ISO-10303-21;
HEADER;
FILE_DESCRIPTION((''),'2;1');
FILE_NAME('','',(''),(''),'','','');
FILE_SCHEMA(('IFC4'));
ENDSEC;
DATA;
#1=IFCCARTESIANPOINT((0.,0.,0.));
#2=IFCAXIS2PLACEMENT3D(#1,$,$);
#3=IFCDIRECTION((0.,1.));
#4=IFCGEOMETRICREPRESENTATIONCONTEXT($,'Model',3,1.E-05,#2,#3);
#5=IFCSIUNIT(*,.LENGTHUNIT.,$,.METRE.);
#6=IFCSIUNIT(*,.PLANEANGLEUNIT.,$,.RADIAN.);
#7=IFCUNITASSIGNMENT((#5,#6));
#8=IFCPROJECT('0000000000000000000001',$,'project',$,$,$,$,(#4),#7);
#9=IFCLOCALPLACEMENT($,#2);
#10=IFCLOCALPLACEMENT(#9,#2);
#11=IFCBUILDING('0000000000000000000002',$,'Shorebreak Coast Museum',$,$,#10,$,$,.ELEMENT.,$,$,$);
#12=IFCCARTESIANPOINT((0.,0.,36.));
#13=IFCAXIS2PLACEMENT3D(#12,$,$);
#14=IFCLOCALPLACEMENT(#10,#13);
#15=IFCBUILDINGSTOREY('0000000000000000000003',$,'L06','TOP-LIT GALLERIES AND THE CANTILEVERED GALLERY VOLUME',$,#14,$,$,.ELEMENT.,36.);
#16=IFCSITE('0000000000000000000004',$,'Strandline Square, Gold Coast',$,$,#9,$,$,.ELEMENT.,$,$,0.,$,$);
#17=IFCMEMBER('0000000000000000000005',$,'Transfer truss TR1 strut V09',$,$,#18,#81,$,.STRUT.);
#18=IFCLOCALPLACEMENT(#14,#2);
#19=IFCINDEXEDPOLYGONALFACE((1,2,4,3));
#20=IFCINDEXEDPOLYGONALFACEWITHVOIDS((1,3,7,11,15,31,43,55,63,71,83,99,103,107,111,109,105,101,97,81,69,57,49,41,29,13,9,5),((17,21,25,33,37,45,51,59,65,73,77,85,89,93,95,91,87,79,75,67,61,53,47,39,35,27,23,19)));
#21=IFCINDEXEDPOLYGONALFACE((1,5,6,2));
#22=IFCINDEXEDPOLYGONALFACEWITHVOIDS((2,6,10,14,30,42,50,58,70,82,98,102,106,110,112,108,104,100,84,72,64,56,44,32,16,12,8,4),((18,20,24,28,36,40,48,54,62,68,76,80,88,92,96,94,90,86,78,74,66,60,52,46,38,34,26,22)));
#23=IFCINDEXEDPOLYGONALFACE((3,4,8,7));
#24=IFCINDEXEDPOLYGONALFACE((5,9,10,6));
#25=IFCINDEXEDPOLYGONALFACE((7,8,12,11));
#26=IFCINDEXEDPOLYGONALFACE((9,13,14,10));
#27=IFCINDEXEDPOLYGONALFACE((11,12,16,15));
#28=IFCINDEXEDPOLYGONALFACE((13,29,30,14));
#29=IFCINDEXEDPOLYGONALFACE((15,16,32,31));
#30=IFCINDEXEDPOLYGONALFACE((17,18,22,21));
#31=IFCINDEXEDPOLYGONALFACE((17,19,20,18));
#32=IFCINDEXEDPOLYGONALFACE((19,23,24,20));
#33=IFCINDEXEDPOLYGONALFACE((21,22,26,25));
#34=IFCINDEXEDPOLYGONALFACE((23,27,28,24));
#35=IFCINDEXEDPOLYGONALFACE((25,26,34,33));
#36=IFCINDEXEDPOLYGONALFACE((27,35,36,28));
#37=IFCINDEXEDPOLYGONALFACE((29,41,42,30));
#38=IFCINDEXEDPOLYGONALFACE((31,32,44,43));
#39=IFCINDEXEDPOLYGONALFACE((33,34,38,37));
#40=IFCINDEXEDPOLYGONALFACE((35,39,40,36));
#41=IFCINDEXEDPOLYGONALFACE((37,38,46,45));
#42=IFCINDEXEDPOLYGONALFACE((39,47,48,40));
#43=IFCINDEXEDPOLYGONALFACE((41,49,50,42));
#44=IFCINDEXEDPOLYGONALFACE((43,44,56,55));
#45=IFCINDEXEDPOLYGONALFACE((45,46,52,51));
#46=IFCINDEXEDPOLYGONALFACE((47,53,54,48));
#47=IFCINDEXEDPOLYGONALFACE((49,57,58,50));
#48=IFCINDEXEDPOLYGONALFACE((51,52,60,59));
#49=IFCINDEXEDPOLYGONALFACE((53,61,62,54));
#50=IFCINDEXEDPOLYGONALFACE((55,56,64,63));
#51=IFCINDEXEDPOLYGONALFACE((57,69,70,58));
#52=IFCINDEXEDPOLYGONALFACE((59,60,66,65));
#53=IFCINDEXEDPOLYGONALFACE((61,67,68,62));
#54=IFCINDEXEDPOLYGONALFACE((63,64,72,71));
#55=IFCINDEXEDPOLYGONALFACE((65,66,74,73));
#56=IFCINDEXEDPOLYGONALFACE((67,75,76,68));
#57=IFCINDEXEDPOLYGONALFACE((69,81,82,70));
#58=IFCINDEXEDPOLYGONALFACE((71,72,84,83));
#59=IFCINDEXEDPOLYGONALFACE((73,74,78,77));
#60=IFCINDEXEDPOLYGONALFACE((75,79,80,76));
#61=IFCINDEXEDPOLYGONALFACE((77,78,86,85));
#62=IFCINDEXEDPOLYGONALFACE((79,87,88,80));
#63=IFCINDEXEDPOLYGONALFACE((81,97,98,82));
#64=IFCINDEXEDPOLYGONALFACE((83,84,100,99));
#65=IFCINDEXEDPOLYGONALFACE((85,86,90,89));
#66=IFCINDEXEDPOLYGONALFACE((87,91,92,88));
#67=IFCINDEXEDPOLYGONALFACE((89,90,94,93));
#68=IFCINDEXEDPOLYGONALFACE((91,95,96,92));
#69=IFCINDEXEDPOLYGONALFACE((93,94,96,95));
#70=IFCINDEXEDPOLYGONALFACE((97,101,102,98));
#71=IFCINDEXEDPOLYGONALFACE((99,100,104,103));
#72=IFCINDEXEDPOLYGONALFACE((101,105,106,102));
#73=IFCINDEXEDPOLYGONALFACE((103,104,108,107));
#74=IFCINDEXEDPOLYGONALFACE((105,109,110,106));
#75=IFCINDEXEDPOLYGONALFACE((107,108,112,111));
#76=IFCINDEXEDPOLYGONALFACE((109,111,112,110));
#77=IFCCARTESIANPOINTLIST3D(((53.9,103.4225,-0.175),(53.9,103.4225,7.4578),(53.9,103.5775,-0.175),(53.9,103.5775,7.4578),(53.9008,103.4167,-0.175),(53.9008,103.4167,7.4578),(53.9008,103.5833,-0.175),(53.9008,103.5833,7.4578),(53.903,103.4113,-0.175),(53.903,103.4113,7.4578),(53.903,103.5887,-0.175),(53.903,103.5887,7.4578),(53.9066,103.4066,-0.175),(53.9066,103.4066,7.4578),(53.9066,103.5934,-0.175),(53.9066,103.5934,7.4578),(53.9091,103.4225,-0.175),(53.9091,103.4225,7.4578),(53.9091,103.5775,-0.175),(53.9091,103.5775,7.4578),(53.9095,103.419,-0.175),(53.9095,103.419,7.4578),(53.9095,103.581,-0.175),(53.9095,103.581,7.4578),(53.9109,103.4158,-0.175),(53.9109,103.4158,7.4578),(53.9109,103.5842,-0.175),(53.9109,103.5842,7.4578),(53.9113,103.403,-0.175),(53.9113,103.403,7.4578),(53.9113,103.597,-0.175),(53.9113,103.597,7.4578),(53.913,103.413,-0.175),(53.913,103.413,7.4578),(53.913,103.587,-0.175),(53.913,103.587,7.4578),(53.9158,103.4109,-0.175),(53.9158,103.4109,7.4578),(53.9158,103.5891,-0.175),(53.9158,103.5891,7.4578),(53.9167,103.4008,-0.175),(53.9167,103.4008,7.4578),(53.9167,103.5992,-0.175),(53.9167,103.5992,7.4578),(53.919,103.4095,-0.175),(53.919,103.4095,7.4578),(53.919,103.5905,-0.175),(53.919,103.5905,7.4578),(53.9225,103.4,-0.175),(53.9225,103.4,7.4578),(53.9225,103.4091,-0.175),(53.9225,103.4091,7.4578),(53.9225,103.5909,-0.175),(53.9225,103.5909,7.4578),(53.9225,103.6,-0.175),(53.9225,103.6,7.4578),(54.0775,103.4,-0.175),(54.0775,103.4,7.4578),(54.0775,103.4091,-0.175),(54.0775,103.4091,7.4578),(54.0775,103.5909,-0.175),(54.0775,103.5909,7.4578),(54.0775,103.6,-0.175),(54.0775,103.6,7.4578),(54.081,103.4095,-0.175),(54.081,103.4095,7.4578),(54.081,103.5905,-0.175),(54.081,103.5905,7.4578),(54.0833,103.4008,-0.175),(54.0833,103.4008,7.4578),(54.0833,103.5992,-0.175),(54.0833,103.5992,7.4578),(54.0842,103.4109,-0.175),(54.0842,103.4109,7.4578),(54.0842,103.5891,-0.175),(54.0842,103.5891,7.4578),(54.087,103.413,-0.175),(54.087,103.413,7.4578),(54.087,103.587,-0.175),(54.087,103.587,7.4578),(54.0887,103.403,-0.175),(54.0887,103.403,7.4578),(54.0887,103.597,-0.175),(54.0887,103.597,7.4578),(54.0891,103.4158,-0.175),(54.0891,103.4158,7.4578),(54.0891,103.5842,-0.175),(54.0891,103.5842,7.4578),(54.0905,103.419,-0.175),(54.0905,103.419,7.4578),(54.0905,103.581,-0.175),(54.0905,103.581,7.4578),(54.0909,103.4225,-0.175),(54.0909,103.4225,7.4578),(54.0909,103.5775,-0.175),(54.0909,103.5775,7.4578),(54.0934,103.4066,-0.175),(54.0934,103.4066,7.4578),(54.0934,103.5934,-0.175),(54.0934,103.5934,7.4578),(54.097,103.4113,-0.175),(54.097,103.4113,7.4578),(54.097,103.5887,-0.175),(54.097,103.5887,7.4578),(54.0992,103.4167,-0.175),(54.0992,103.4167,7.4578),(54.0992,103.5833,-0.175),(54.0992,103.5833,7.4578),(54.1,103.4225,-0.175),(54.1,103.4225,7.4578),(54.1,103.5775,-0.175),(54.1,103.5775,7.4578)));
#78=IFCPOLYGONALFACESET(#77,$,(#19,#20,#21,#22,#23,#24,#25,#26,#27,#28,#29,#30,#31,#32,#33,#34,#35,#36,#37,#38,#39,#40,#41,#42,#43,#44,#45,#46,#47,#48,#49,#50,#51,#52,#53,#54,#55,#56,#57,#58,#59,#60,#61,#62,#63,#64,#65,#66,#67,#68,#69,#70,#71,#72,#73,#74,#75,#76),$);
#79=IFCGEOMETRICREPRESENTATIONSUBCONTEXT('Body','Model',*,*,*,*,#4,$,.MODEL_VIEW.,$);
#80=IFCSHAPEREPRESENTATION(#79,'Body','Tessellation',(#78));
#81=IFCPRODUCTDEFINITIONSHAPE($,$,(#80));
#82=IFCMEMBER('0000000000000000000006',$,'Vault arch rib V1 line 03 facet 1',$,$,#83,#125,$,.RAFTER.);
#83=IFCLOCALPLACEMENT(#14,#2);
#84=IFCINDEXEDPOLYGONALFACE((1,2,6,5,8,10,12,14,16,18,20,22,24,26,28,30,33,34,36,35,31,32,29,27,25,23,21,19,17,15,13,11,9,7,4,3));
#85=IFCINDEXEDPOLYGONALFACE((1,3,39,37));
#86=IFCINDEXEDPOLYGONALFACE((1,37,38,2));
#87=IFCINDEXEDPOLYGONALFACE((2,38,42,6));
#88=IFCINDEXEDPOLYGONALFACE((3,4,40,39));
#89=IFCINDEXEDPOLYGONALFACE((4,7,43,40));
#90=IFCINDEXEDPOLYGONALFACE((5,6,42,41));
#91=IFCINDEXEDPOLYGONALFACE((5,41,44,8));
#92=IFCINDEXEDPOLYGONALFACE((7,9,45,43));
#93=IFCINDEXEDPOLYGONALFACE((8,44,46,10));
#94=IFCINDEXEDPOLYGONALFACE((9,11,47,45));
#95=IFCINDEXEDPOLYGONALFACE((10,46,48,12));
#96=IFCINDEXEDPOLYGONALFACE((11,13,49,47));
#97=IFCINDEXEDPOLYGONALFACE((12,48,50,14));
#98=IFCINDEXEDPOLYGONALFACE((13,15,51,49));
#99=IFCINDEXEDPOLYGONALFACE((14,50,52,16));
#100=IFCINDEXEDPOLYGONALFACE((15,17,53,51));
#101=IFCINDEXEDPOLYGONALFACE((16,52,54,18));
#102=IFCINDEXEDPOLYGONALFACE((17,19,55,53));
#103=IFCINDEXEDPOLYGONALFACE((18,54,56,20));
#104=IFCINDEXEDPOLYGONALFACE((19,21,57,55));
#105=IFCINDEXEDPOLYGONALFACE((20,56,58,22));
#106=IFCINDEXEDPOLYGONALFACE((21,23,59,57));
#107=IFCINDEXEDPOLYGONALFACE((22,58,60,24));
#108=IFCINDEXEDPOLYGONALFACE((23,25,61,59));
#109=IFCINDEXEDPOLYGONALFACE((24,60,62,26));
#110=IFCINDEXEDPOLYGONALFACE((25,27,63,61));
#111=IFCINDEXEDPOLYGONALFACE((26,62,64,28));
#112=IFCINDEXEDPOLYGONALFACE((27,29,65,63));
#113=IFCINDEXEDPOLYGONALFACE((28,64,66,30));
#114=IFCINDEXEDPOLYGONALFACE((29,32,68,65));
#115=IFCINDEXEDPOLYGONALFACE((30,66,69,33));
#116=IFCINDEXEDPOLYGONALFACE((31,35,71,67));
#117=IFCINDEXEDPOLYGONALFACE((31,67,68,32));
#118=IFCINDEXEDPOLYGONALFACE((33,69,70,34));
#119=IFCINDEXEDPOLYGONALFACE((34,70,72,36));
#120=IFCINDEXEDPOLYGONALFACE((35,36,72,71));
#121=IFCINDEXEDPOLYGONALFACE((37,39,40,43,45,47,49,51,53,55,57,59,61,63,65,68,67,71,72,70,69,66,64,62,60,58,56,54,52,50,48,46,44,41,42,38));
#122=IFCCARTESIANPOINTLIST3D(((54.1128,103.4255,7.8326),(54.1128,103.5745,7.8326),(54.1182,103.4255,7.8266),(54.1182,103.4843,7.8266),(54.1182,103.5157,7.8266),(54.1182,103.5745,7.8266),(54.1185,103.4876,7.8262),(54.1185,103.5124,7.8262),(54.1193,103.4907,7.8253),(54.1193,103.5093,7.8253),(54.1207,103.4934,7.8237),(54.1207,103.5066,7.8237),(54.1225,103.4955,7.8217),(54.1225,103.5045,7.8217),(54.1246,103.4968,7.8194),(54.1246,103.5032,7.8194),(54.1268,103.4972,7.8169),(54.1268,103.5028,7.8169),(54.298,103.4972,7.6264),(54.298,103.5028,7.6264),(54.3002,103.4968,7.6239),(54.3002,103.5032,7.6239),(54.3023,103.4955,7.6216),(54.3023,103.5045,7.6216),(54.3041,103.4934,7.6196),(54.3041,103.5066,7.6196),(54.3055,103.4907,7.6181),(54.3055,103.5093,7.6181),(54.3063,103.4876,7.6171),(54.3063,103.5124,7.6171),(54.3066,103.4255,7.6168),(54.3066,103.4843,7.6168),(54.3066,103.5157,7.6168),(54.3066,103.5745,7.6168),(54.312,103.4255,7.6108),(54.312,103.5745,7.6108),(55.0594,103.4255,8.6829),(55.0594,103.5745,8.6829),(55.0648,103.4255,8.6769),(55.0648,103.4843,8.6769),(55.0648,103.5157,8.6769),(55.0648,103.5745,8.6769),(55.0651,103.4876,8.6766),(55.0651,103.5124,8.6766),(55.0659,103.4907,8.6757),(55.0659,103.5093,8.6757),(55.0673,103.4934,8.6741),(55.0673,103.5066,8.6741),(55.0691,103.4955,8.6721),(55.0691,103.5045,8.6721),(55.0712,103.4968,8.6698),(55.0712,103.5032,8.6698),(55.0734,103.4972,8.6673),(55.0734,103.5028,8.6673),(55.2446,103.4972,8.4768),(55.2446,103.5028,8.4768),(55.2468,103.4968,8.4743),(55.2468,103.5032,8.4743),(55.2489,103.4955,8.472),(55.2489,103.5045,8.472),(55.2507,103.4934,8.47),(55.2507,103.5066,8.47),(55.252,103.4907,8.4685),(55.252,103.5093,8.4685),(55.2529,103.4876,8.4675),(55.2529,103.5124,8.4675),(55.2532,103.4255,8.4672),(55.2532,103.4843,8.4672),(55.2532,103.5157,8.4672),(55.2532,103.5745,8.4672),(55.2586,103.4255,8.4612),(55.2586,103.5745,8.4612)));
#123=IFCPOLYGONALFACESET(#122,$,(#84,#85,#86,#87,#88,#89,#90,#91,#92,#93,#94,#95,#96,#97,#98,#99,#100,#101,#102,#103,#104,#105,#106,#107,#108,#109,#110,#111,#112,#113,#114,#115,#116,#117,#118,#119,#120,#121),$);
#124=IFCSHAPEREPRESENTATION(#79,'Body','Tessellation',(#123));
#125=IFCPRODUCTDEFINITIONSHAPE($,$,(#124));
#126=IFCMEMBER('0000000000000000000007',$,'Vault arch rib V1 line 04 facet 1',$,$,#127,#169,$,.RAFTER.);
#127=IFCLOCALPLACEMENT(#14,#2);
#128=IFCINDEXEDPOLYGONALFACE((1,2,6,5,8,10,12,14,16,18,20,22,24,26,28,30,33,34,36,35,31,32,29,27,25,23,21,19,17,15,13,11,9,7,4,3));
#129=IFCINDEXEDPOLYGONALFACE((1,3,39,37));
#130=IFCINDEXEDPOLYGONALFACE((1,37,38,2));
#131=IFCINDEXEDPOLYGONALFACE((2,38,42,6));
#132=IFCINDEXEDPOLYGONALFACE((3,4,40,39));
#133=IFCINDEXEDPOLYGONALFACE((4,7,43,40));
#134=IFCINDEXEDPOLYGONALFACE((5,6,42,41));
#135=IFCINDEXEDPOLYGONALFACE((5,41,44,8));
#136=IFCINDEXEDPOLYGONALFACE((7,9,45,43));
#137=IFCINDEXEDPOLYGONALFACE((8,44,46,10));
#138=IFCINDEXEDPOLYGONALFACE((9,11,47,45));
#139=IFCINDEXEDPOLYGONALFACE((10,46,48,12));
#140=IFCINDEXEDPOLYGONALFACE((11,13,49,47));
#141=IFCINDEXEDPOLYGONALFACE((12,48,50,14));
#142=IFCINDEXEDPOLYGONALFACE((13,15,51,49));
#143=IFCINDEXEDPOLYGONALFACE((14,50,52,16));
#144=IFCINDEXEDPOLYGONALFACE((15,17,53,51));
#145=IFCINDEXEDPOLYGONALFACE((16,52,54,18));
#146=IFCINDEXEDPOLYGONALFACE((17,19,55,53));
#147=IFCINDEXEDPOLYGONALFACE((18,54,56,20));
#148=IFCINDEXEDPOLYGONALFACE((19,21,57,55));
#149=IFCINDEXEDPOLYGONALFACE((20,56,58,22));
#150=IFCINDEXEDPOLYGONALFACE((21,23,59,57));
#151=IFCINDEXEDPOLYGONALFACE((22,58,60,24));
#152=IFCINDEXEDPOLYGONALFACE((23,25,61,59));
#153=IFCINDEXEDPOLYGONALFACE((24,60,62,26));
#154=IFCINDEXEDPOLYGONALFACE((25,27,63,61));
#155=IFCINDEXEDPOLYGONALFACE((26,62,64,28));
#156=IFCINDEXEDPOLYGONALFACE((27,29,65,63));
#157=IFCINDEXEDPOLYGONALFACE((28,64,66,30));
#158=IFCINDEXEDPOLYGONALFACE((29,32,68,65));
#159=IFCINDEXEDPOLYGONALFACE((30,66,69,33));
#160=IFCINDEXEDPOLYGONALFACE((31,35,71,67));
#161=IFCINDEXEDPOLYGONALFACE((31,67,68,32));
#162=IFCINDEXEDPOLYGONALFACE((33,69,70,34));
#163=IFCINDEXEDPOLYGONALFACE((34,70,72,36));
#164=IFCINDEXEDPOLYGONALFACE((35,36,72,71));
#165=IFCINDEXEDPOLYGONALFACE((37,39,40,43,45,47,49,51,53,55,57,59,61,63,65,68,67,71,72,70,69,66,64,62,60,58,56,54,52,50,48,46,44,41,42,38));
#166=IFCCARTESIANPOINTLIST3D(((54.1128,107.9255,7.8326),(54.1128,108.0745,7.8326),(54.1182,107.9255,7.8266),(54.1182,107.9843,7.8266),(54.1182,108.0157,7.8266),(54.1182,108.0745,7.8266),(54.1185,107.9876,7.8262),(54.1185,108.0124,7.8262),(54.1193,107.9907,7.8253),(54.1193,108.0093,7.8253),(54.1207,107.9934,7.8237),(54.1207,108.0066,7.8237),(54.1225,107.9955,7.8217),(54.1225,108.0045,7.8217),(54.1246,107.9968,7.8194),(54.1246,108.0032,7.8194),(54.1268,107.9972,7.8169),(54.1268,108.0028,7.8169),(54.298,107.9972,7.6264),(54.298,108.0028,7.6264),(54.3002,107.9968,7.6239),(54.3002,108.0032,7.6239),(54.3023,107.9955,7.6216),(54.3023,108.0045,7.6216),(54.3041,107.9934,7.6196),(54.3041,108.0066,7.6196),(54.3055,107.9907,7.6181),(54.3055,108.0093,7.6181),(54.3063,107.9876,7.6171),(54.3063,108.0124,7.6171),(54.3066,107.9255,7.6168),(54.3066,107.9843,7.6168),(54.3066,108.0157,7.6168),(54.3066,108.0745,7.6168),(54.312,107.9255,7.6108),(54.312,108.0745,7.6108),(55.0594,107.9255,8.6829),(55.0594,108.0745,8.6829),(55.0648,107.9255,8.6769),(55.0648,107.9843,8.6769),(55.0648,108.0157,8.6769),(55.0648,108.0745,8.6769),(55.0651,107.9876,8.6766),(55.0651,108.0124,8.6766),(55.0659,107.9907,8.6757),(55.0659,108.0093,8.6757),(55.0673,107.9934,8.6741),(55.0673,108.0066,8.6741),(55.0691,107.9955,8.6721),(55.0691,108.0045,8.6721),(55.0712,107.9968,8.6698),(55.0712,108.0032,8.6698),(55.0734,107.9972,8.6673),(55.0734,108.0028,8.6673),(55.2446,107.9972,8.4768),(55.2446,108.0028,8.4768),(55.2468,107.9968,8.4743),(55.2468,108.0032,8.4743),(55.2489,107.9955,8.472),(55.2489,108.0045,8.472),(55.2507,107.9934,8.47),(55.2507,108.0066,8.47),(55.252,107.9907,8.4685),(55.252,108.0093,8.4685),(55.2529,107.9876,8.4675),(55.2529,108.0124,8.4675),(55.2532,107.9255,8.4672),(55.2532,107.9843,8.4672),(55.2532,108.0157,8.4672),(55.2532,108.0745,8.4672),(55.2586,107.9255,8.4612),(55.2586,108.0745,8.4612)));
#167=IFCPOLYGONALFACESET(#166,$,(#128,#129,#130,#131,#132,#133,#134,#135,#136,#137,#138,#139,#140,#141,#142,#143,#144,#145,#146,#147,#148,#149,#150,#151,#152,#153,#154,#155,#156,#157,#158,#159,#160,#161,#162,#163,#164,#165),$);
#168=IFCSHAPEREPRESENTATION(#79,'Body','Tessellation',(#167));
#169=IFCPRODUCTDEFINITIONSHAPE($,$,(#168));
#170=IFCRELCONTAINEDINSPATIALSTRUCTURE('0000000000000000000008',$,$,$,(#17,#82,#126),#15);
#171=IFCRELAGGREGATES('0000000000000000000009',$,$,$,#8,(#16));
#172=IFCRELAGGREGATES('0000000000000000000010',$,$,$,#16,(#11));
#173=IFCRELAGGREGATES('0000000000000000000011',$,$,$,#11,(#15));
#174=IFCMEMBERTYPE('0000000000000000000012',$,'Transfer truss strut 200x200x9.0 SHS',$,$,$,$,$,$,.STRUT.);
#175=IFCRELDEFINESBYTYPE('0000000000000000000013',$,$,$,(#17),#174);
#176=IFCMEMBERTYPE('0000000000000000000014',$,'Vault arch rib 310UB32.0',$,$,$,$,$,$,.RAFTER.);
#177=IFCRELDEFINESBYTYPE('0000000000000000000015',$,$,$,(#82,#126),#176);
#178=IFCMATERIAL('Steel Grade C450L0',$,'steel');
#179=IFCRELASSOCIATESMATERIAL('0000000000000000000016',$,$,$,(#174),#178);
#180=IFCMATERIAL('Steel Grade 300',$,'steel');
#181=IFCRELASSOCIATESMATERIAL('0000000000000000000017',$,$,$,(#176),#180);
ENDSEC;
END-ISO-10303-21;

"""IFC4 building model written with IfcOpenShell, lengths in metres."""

from ifc_helpers import new_model, si_unit, direction, frame, origin, origin_2d, place, context, subcontext, project, spatial, hollow_rectangle, i_section, extrude, material, material_profile, profile_set, type_object, element, save


model = new_model("IFC4")

# Units and contexts
model_context = context("Model", 3, precision=1e-05, world=origin(), true_north=direction((0.0, 1.0)))
body_context = subcontext(model_context, "Body", "Model", "MODEL_VIEW")
ifc_project = project(units=[si_unit("LENGTHUNIT", "METRE"), si_unit("PLANEANGLEUNIT", "RADIAN")], contexts=[model_context])

# Site, building, storey
site_placement = place(None, origin())
site = spatial("IfcSite", under=ifc_project, at=site_placement, Name="Strandline Square, Gold Coast", CompositionType="ELEMENT", RefElevation=0.0)
building_placement = place(site_placement, origin())
building = spatial("IfcBuilding", under=site, at=building_placement, Name="Shorebreak Coast Museum", CompositionType="ELEMENT")
storey_placement = place(building_placement, frame((0.0, 0.0, 36.0)))
storey = spatial("IfcBuildingStorey", under=building, at=storey_placement, Name="L06", Description="TOP-LIT GALLERIES AND THE CANTILEVERED GALLERY VOLUME", CompositionType="ELEMENT", Elevation=36.0)

# Members
ifc_material_1 = material(Name="Steel Grade C450L0", Category="steel")
ifc_material_profile_1 = material_profile(ifc_material_1, hollow_rectangle(XDim=0.2, YDim=0.2, WallThickness=0.009, InnerFilletRadius=0.0134, OuterFilletRadius=0.0225, at=origin_2d()), Name="200x200x9.0 SHS")
ifc_profile_set_1 = profile_set([ifc_material_profile_1], Name="Steel Grade C450L0")
member_type_1 = type_object("IfcMemberType", Name="Transfer truss strut 200x200x9.0 SHS", PredefinedType="STRUT", material=ifc_profile_set_1)
member_1_placement = place(storey_placement, frame((54.0, 103.5, -0.175), z_axis=(0.0, 0.0, 1.0), x_axis=(1.0, 0.0, 0.0)))
element("IfcMember", 1, at=member_1_placement, inside=storey, type_object=member_type_1, Name="Transfer truss TR1 strut V09", PredefinedType="STRUT", context=body_context, shape_type="SweptSolid", body=[
    extrude(hollow_rectangle(XDim=0.2, YDim=0.2, WallThickness=0.009, InnerFilletRadius=0.0134, OuterFilletRadius=0.0225, at=origin_2d()), origin(), (0.0, 0.0, 1.0), 7.6328),
])
ifc_material_2 = material(Name="Steel Grade 300", Category="steel")
ifc_material_profile_2 = material_profile(ifc_material_2, i_section(OverallWidth=0.1489, OverallDepth=0.2981, WebThickness=0.0056, FlangeThickness=0.0081, FilletRadius=0.0129, at=origin_2d()), Name="310UB32.0")
ifc_profile_set_2 = profile_set([ifc_material_profile_2], Name="Steel Grade 300")
member_type_2 = type_object("IfcMemberType", Name="Vault arch rib 310UB32.0", PredefinedType="RAFTER", material=ifc_profile_set_2)
for number, where, z_axis, x_axis, name in (
    (2, (54.2124, 103.5, 7.7217), (0.743895, 0.0, 0.668297), (0.0, 1.0, 0.0), "Vault arch rib V1 line 03 facet 1"),
    (3, (54.2124, 108.0, 7.7217), (0.743895, 0.0, 0.668297), (0.0, 1.0, 0.0), "Vault arch rib V1 line 04 facet 1"),
):
    element("IfcMember", number, at=place(storey_placement, frame(where, z_axis=z_axis, x_axis=x_axis)), inside=storey, type_object=member_type_2, Name=name, PredefinedType="RAFTER", context=body_context, shape_type="SweptSolid", body=[
        extrude(i_section(OverallWidth=0.1489, OverallDepth=0.2981, WebThickness=0.0056, FlangeThickness=0.0081, FilletRadius=0.0129, at=origin_2d()), origin(), (0.0, 0.0, 1.0), 1.2725),
    ])

save(model, "model.ifc")
